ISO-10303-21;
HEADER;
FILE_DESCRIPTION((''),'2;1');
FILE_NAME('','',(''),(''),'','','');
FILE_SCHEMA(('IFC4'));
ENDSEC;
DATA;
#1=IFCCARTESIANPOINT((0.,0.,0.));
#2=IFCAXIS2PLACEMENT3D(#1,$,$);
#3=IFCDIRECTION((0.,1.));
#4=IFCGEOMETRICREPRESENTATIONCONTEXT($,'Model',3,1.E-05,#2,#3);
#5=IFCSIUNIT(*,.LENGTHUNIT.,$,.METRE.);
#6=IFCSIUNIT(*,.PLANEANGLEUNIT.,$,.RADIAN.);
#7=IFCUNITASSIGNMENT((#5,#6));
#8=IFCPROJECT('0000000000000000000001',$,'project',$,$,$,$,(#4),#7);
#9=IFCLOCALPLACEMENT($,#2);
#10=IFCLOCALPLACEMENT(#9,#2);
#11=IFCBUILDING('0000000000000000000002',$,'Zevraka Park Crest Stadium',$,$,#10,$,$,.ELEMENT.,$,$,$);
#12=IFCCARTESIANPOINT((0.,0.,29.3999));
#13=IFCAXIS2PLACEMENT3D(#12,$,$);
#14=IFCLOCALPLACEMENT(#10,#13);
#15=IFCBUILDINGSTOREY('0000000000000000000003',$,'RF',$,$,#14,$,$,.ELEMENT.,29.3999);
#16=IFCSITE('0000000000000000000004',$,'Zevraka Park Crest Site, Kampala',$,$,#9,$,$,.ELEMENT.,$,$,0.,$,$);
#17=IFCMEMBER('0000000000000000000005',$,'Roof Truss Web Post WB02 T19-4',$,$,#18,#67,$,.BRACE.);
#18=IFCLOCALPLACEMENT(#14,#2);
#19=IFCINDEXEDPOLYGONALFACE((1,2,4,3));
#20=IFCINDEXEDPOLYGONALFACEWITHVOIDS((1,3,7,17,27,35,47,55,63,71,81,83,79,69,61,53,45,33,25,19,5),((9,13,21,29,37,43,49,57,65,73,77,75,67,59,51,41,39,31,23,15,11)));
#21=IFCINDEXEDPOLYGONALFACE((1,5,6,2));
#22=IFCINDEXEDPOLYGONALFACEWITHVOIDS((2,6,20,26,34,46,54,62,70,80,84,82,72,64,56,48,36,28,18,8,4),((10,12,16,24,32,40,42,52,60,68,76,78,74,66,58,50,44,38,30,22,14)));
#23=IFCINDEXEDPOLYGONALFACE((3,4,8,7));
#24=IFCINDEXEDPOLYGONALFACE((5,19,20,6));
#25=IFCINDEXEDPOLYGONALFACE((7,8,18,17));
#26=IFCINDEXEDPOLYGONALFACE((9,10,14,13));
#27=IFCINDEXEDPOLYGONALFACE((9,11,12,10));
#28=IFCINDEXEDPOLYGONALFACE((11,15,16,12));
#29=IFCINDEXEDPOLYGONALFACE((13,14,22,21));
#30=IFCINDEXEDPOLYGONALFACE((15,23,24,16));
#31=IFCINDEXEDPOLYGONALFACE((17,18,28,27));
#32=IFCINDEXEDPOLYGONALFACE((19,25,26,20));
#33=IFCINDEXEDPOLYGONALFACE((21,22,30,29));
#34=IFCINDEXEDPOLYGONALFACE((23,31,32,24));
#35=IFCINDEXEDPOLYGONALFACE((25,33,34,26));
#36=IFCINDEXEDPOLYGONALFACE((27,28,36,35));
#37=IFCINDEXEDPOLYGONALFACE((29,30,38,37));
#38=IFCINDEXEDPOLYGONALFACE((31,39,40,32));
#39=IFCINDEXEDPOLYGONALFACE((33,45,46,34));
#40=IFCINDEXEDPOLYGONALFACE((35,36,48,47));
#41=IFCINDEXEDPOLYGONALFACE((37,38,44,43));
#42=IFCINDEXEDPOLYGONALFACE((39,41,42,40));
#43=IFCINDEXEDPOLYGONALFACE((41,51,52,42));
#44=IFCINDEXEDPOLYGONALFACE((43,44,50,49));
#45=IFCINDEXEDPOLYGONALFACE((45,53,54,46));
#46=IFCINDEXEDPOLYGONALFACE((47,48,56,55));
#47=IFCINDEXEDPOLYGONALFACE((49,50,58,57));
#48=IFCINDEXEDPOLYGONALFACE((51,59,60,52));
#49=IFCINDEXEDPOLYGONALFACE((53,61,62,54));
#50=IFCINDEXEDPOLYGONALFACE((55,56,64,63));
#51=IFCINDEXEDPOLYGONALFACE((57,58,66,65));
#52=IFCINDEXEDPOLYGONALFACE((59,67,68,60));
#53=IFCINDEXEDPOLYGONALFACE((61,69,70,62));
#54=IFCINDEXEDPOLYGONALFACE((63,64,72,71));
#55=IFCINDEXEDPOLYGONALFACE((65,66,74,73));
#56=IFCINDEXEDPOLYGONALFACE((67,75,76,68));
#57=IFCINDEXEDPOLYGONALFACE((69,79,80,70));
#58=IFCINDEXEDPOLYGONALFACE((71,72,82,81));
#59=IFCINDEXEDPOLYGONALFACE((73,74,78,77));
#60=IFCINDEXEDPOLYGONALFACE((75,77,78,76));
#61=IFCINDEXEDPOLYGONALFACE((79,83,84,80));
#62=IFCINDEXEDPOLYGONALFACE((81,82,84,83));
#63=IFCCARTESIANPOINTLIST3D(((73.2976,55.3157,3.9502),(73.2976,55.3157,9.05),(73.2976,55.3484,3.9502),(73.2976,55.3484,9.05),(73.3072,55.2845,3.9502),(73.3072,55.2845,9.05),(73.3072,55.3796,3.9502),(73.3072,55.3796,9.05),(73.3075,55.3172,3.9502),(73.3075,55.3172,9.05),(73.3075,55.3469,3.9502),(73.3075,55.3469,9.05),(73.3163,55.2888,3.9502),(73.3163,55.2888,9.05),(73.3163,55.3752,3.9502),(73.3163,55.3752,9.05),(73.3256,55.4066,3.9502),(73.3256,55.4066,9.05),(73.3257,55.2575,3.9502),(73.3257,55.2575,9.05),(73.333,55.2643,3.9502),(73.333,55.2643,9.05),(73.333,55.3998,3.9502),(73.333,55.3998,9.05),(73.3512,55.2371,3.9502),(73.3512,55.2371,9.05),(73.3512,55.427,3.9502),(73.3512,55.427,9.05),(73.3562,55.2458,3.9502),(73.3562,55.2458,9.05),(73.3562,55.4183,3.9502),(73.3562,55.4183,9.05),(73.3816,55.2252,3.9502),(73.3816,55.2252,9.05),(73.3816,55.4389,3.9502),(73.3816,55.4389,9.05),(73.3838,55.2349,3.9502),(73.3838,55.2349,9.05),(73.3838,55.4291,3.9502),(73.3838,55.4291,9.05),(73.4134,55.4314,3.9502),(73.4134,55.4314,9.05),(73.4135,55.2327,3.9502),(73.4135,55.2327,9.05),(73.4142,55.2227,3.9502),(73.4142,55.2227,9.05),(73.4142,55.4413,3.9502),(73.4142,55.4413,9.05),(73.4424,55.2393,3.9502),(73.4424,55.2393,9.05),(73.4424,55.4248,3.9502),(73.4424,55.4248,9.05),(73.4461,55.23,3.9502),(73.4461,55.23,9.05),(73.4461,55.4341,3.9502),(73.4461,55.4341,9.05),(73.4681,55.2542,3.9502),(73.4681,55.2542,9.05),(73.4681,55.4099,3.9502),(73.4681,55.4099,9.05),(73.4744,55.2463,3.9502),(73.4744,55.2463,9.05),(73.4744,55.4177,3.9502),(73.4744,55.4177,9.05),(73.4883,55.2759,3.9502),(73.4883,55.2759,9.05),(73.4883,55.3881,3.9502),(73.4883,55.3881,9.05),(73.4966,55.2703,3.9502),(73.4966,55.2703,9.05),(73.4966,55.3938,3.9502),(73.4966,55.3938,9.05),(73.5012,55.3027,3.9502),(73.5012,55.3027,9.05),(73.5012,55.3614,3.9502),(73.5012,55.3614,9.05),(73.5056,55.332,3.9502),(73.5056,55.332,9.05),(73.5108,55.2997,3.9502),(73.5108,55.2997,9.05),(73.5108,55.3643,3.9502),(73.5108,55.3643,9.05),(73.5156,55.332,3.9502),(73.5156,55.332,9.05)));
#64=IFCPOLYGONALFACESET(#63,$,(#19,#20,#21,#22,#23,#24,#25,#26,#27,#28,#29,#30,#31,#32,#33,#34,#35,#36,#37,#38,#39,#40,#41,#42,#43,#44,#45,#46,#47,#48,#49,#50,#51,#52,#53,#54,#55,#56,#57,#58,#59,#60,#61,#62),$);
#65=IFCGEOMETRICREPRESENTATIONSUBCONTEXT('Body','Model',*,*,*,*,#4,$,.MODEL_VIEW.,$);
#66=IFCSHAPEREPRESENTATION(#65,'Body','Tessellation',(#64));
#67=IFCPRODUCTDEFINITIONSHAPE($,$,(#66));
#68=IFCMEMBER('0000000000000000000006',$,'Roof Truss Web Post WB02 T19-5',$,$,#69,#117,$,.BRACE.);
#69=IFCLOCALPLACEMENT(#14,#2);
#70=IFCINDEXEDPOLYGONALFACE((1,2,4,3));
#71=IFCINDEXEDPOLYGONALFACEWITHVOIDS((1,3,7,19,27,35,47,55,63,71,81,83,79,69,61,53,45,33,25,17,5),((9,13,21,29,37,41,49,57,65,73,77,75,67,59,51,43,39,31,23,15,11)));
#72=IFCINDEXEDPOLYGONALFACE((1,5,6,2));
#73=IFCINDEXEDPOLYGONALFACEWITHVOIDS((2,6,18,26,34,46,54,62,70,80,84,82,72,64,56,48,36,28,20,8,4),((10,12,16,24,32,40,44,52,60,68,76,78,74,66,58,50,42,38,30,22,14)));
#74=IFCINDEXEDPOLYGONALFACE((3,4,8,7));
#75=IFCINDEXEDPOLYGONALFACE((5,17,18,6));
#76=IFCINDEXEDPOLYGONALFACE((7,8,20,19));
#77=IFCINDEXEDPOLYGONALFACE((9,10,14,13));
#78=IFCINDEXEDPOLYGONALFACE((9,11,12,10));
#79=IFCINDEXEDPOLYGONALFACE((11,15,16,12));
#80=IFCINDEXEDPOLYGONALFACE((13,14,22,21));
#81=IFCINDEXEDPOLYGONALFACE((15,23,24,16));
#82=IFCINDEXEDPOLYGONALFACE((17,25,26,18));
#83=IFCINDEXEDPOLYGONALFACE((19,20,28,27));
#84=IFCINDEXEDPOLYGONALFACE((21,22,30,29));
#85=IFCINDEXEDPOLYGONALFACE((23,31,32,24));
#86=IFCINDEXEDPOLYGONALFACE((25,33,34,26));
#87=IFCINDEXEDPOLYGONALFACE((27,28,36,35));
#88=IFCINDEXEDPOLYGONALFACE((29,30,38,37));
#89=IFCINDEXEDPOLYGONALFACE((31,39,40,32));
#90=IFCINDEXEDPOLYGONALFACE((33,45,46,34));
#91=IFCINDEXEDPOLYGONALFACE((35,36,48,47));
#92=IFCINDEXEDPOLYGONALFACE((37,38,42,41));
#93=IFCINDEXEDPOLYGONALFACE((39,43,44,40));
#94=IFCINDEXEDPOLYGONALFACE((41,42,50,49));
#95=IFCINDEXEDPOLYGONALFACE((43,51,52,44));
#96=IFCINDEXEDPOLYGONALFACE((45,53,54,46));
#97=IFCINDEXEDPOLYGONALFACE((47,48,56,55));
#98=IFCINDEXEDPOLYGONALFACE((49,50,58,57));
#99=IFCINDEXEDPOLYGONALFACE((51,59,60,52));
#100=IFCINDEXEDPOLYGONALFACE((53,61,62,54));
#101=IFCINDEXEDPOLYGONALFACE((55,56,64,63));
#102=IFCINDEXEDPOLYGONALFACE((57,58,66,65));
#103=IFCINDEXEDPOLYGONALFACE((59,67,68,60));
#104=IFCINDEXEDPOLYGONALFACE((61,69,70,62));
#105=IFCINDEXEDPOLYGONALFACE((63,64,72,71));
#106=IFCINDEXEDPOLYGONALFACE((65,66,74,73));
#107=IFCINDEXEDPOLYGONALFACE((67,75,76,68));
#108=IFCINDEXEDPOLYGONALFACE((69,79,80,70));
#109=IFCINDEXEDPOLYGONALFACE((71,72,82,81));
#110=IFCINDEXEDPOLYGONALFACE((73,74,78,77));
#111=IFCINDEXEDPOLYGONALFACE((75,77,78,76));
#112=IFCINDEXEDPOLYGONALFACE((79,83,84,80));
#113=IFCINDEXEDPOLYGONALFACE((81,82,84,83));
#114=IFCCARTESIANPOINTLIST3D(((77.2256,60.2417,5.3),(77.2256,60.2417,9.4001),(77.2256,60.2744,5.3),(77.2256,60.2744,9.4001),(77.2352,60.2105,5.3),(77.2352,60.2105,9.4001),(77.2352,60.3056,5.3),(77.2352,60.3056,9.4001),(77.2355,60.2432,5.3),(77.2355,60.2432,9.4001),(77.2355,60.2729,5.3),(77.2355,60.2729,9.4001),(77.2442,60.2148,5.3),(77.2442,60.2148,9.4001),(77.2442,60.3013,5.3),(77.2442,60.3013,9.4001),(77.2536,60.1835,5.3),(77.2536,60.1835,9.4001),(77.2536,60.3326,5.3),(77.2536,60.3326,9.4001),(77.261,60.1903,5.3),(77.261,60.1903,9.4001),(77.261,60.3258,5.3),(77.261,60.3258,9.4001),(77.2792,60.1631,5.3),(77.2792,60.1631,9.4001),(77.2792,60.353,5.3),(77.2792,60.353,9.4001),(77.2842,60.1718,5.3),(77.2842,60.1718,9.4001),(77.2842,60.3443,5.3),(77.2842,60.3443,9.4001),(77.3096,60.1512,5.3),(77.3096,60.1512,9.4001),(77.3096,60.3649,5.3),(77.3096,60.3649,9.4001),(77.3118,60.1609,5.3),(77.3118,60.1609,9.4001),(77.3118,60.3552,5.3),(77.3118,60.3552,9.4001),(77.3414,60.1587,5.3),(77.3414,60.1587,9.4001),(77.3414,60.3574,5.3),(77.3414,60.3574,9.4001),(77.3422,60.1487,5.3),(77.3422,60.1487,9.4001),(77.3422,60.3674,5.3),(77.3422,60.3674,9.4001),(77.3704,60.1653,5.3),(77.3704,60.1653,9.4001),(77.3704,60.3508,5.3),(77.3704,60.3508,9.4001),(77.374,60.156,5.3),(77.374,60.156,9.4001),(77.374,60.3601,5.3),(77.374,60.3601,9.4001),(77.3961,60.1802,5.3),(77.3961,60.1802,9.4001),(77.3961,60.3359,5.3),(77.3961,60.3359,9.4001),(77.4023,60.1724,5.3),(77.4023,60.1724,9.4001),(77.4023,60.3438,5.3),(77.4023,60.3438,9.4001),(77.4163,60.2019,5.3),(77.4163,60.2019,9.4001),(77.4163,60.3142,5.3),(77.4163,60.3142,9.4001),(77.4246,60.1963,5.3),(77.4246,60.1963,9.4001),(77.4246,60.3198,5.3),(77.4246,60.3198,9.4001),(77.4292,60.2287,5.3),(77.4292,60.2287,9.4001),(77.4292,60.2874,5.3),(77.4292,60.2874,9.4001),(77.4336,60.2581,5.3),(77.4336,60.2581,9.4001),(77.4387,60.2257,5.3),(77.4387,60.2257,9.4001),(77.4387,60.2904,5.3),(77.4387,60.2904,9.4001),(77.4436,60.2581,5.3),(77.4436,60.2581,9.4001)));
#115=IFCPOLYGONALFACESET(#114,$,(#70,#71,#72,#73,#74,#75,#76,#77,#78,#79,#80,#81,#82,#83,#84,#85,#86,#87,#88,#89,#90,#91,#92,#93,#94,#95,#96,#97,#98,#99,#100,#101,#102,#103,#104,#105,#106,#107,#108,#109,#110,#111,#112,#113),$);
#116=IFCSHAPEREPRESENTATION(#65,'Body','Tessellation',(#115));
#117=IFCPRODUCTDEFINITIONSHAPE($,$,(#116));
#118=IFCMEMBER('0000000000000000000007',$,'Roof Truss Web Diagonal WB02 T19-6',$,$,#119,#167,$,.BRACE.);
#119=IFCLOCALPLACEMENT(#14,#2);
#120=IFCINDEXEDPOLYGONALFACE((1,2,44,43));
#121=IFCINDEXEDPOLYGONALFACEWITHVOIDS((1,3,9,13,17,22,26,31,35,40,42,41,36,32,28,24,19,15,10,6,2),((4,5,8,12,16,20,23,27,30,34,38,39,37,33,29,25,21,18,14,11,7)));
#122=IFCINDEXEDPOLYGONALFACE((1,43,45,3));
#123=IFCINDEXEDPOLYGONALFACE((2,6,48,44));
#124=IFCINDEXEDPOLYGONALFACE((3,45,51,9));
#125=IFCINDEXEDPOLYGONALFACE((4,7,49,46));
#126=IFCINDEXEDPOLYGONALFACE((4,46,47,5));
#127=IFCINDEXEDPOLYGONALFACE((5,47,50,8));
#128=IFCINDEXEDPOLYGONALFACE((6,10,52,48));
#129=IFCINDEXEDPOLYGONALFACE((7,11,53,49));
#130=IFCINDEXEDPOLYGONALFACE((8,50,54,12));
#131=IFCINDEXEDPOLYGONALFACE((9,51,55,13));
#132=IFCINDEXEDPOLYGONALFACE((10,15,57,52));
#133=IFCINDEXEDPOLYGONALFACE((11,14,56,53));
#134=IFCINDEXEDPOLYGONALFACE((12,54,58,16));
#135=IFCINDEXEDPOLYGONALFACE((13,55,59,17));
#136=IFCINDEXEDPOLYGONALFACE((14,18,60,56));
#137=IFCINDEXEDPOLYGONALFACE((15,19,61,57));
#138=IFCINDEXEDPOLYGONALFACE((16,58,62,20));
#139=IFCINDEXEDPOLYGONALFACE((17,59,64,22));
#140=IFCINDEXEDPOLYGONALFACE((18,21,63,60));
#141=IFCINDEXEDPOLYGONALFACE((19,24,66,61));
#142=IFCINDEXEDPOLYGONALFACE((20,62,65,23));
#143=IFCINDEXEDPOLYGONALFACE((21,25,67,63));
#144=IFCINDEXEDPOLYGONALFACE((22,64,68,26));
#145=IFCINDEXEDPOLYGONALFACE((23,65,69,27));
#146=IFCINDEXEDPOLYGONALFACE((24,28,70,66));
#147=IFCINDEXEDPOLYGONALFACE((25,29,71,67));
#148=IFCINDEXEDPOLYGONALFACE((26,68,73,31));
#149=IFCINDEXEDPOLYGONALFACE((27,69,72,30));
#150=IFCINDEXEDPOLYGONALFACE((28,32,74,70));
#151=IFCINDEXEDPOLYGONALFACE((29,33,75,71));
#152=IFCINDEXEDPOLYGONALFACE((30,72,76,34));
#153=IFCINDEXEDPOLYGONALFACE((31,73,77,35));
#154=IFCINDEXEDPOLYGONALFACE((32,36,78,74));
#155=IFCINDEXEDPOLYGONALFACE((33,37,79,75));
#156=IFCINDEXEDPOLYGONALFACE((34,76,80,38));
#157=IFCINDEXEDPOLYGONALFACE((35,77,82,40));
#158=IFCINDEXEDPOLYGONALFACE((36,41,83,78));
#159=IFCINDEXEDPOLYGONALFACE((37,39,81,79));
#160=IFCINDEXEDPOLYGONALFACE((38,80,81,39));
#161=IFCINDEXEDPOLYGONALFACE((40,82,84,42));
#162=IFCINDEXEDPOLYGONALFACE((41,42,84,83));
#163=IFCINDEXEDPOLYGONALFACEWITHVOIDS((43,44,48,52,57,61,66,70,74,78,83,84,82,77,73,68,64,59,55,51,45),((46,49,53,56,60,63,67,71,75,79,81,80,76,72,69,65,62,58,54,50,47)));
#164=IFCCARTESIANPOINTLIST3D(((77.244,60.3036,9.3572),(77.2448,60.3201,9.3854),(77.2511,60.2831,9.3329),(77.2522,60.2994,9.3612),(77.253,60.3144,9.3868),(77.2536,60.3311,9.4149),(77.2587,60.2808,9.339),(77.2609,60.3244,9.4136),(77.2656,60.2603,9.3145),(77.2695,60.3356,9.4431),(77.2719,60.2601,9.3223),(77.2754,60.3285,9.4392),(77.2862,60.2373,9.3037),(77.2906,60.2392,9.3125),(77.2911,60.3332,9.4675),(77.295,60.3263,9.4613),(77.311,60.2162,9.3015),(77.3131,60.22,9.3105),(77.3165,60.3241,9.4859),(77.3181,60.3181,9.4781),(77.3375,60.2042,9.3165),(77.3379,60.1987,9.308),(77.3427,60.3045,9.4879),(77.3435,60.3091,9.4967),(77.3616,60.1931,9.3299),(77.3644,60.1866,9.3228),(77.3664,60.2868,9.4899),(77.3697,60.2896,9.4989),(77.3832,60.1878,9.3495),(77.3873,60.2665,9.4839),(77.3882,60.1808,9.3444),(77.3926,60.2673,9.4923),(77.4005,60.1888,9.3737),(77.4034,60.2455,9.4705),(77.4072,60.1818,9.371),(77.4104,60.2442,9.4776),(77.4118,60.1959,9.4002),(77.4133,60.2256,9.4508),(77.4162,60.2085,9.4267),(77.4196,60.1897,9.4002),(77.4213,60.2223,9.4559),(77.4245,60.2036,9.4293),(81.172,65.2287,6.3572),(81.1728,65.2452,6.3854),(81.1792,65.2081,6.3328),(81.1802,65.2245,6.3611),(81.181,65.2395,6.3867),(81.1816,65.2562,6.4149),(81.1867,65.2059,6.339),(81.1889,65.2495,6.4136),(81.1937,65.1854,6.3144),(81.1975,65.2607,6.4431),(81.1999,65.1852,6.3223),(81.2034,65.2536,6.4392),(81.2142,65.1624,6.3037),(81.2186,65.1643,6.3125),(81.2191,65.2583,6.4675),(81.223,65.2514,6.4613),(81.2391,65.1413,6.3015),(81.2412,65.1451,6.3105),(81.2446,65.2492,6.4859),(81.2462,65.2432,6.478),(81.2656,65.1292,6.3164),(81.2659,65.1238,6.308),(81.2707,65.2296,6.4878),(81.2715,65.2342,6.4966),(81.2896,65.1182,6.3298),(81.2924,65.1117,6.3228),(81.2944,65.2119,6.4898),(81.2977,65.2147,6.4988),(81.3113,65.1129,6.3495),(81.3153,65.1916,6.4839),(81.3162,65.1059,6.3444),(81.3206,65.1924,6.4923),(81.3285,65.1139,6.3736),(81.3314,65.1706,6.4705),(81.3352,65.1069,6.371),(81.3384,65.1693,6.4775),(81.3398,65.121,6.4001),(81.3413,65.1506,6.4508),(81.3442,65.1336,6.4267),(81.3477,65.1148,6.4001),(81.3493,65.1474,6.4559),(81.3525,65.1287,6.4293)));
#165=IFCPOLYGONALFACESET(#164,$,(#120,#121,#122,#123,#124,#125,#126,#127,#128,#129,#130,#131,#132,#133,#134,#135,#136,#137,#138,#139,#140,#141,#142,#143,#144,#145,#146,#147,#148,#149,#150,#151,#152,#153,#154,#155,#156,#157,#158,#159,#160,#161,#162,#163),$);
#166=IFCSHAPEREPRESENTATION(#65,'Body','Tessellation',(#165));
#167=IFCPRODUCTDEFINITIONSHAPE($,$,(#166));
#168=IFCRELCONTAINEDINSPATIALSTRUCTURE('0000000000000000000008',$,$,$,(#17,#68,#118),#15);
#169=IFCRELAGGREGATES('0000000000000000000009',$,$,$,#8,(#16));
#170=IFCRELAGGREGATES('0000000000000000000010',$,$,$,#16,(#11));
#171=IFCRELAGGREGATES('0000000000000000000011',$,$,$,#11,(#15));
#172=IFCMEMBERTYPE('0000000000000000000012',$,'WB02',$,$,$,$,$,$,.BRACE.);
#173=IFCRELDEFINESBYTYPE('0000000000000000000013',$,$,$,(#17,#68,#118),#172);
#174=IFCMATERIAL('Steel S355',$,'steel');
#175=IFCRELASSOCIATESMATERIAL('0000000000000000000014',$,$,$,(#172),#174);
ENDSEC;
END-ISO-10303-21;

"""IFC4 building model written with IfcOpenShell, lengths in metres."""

from ifc_helpers import new_model, si_unit, direction, frame, origin, origin_2d, place, context, subcontext, project, spatial, hollow_circle, extrude, material, material_profile, profile_set, type_object, element, save


model = new_model("IFC4")

# Units and contexts
model_context = context("Model", 3, precision=1e-05, world=origin(), true_north=direction((0.0, 1.0)))
body_context = subcontext(model_context, "Body", "Model", "MODEL_VIEW")
ifc_project = project(units=[si_unit("LENGTHUNIT", "METRE"), si_unit("PLANEANGLEUNIT", "RADIAN")], contexts=[model_context])

# Site, building, storey
site_placement = place(None, origin())
site = spatial("IfcSite", under=ifc_project, at=site_placement, Name="Zevraka Park Crest Site, Kampala", CompositionType="ELEMENT", RefElevation=0.0)
building_placement = place(site_placement, origin())
building = spatial("IfcBuilding", under=site, at=building_placement, Name="Zevraka Park Crest Stadium", CompositionType="ELEMENT")
storey_placement = place(building_placement, frame((0.0, 0.0, 29.3999)))
storey = spatial("IfcBuildingStorey", under=building, at=storey_placement, Name="RF", CompositionType="ELEMENT", Elevation=29.3999)

# Members
ifc_material_1 = material(Name="Steel S355", Category="steel")
ifc_material_profile_1 = material_profile(ifc_material_1, hollow_circle(Radius=0.1096, WallThickness=0.01, at=origin_2d()), Name="CHS 219.1x10")
ifc_profile_set_1 = profile_set([ifc_material_profile_1], Name="Steel S355")
member_type_1 = type_object("IfcMemberType", Name="WB02", PredefinedType="BRACE", material=ifc_profile_set_1)
member_1_placement = place(storey_placement, frame((73.406, 55.332, 3.9502), z_axis=(0.0, 0.0, 1.0), x_axis=(0.62347, 0.781847, 0.0)))
element("IfcMember", 1, at=member_1_placement, inside=storey, type_object=member_type_1, Name="Roof Truss Web Post WB02 T19-4", PredefinedType="BRACE", context=body_context, shape_type="SweptSolid", body=[
    extrude(hollow_circle(Radius=0.1096, WallThickness=0.01, at=origin_2d()), origin(), (0.0, 0.0, 1.0), 5.0999),
])
member_2_placement = place(storey_placement, frame((77.334, 60.2581, 5.3), z_axis=(0.0, 0.0, 1.0), x_axis=(0.62347, 0.781847, 0.0)))
element("IfcMember", 2, at=member_2_placement, inside=storey, type_object=member_type_1, Name="Roof Truss Web Post WB02 T19-5", PredefinedType="BRACE", context=body_context, shape_type="SweptSolid", body=[
    extrude(hollow_circle(Radius=0.1096, WallThickness=0.01, at=origin_2d()), origin(), (0.0, 0.0, 1.0), 4.1001),
])
member_3_placement = place(storey_placement, frame((81.262, 65.1831, 6.4001), z_axis=(-0.562951, -0.70585, 0.429955), x_axis=(0.781802, -0.623527, 0.0)))
element("IfcMember", 3, at=member_3_placement, inside=storey, type_object=member_type_1, Name="Roof Truss Web Diagonal WB02 T19-6", PredefinedType="BRACE", context=body_context, shape_type="SweptSolid", body=[
    extrude(hollow_circle(Radius=0.1096, WallThickness=0.01, at=origin_2d()), origin(), (0.0, 0.0, 1.0), 6.9775),
])

save(model, "model.ifc")
